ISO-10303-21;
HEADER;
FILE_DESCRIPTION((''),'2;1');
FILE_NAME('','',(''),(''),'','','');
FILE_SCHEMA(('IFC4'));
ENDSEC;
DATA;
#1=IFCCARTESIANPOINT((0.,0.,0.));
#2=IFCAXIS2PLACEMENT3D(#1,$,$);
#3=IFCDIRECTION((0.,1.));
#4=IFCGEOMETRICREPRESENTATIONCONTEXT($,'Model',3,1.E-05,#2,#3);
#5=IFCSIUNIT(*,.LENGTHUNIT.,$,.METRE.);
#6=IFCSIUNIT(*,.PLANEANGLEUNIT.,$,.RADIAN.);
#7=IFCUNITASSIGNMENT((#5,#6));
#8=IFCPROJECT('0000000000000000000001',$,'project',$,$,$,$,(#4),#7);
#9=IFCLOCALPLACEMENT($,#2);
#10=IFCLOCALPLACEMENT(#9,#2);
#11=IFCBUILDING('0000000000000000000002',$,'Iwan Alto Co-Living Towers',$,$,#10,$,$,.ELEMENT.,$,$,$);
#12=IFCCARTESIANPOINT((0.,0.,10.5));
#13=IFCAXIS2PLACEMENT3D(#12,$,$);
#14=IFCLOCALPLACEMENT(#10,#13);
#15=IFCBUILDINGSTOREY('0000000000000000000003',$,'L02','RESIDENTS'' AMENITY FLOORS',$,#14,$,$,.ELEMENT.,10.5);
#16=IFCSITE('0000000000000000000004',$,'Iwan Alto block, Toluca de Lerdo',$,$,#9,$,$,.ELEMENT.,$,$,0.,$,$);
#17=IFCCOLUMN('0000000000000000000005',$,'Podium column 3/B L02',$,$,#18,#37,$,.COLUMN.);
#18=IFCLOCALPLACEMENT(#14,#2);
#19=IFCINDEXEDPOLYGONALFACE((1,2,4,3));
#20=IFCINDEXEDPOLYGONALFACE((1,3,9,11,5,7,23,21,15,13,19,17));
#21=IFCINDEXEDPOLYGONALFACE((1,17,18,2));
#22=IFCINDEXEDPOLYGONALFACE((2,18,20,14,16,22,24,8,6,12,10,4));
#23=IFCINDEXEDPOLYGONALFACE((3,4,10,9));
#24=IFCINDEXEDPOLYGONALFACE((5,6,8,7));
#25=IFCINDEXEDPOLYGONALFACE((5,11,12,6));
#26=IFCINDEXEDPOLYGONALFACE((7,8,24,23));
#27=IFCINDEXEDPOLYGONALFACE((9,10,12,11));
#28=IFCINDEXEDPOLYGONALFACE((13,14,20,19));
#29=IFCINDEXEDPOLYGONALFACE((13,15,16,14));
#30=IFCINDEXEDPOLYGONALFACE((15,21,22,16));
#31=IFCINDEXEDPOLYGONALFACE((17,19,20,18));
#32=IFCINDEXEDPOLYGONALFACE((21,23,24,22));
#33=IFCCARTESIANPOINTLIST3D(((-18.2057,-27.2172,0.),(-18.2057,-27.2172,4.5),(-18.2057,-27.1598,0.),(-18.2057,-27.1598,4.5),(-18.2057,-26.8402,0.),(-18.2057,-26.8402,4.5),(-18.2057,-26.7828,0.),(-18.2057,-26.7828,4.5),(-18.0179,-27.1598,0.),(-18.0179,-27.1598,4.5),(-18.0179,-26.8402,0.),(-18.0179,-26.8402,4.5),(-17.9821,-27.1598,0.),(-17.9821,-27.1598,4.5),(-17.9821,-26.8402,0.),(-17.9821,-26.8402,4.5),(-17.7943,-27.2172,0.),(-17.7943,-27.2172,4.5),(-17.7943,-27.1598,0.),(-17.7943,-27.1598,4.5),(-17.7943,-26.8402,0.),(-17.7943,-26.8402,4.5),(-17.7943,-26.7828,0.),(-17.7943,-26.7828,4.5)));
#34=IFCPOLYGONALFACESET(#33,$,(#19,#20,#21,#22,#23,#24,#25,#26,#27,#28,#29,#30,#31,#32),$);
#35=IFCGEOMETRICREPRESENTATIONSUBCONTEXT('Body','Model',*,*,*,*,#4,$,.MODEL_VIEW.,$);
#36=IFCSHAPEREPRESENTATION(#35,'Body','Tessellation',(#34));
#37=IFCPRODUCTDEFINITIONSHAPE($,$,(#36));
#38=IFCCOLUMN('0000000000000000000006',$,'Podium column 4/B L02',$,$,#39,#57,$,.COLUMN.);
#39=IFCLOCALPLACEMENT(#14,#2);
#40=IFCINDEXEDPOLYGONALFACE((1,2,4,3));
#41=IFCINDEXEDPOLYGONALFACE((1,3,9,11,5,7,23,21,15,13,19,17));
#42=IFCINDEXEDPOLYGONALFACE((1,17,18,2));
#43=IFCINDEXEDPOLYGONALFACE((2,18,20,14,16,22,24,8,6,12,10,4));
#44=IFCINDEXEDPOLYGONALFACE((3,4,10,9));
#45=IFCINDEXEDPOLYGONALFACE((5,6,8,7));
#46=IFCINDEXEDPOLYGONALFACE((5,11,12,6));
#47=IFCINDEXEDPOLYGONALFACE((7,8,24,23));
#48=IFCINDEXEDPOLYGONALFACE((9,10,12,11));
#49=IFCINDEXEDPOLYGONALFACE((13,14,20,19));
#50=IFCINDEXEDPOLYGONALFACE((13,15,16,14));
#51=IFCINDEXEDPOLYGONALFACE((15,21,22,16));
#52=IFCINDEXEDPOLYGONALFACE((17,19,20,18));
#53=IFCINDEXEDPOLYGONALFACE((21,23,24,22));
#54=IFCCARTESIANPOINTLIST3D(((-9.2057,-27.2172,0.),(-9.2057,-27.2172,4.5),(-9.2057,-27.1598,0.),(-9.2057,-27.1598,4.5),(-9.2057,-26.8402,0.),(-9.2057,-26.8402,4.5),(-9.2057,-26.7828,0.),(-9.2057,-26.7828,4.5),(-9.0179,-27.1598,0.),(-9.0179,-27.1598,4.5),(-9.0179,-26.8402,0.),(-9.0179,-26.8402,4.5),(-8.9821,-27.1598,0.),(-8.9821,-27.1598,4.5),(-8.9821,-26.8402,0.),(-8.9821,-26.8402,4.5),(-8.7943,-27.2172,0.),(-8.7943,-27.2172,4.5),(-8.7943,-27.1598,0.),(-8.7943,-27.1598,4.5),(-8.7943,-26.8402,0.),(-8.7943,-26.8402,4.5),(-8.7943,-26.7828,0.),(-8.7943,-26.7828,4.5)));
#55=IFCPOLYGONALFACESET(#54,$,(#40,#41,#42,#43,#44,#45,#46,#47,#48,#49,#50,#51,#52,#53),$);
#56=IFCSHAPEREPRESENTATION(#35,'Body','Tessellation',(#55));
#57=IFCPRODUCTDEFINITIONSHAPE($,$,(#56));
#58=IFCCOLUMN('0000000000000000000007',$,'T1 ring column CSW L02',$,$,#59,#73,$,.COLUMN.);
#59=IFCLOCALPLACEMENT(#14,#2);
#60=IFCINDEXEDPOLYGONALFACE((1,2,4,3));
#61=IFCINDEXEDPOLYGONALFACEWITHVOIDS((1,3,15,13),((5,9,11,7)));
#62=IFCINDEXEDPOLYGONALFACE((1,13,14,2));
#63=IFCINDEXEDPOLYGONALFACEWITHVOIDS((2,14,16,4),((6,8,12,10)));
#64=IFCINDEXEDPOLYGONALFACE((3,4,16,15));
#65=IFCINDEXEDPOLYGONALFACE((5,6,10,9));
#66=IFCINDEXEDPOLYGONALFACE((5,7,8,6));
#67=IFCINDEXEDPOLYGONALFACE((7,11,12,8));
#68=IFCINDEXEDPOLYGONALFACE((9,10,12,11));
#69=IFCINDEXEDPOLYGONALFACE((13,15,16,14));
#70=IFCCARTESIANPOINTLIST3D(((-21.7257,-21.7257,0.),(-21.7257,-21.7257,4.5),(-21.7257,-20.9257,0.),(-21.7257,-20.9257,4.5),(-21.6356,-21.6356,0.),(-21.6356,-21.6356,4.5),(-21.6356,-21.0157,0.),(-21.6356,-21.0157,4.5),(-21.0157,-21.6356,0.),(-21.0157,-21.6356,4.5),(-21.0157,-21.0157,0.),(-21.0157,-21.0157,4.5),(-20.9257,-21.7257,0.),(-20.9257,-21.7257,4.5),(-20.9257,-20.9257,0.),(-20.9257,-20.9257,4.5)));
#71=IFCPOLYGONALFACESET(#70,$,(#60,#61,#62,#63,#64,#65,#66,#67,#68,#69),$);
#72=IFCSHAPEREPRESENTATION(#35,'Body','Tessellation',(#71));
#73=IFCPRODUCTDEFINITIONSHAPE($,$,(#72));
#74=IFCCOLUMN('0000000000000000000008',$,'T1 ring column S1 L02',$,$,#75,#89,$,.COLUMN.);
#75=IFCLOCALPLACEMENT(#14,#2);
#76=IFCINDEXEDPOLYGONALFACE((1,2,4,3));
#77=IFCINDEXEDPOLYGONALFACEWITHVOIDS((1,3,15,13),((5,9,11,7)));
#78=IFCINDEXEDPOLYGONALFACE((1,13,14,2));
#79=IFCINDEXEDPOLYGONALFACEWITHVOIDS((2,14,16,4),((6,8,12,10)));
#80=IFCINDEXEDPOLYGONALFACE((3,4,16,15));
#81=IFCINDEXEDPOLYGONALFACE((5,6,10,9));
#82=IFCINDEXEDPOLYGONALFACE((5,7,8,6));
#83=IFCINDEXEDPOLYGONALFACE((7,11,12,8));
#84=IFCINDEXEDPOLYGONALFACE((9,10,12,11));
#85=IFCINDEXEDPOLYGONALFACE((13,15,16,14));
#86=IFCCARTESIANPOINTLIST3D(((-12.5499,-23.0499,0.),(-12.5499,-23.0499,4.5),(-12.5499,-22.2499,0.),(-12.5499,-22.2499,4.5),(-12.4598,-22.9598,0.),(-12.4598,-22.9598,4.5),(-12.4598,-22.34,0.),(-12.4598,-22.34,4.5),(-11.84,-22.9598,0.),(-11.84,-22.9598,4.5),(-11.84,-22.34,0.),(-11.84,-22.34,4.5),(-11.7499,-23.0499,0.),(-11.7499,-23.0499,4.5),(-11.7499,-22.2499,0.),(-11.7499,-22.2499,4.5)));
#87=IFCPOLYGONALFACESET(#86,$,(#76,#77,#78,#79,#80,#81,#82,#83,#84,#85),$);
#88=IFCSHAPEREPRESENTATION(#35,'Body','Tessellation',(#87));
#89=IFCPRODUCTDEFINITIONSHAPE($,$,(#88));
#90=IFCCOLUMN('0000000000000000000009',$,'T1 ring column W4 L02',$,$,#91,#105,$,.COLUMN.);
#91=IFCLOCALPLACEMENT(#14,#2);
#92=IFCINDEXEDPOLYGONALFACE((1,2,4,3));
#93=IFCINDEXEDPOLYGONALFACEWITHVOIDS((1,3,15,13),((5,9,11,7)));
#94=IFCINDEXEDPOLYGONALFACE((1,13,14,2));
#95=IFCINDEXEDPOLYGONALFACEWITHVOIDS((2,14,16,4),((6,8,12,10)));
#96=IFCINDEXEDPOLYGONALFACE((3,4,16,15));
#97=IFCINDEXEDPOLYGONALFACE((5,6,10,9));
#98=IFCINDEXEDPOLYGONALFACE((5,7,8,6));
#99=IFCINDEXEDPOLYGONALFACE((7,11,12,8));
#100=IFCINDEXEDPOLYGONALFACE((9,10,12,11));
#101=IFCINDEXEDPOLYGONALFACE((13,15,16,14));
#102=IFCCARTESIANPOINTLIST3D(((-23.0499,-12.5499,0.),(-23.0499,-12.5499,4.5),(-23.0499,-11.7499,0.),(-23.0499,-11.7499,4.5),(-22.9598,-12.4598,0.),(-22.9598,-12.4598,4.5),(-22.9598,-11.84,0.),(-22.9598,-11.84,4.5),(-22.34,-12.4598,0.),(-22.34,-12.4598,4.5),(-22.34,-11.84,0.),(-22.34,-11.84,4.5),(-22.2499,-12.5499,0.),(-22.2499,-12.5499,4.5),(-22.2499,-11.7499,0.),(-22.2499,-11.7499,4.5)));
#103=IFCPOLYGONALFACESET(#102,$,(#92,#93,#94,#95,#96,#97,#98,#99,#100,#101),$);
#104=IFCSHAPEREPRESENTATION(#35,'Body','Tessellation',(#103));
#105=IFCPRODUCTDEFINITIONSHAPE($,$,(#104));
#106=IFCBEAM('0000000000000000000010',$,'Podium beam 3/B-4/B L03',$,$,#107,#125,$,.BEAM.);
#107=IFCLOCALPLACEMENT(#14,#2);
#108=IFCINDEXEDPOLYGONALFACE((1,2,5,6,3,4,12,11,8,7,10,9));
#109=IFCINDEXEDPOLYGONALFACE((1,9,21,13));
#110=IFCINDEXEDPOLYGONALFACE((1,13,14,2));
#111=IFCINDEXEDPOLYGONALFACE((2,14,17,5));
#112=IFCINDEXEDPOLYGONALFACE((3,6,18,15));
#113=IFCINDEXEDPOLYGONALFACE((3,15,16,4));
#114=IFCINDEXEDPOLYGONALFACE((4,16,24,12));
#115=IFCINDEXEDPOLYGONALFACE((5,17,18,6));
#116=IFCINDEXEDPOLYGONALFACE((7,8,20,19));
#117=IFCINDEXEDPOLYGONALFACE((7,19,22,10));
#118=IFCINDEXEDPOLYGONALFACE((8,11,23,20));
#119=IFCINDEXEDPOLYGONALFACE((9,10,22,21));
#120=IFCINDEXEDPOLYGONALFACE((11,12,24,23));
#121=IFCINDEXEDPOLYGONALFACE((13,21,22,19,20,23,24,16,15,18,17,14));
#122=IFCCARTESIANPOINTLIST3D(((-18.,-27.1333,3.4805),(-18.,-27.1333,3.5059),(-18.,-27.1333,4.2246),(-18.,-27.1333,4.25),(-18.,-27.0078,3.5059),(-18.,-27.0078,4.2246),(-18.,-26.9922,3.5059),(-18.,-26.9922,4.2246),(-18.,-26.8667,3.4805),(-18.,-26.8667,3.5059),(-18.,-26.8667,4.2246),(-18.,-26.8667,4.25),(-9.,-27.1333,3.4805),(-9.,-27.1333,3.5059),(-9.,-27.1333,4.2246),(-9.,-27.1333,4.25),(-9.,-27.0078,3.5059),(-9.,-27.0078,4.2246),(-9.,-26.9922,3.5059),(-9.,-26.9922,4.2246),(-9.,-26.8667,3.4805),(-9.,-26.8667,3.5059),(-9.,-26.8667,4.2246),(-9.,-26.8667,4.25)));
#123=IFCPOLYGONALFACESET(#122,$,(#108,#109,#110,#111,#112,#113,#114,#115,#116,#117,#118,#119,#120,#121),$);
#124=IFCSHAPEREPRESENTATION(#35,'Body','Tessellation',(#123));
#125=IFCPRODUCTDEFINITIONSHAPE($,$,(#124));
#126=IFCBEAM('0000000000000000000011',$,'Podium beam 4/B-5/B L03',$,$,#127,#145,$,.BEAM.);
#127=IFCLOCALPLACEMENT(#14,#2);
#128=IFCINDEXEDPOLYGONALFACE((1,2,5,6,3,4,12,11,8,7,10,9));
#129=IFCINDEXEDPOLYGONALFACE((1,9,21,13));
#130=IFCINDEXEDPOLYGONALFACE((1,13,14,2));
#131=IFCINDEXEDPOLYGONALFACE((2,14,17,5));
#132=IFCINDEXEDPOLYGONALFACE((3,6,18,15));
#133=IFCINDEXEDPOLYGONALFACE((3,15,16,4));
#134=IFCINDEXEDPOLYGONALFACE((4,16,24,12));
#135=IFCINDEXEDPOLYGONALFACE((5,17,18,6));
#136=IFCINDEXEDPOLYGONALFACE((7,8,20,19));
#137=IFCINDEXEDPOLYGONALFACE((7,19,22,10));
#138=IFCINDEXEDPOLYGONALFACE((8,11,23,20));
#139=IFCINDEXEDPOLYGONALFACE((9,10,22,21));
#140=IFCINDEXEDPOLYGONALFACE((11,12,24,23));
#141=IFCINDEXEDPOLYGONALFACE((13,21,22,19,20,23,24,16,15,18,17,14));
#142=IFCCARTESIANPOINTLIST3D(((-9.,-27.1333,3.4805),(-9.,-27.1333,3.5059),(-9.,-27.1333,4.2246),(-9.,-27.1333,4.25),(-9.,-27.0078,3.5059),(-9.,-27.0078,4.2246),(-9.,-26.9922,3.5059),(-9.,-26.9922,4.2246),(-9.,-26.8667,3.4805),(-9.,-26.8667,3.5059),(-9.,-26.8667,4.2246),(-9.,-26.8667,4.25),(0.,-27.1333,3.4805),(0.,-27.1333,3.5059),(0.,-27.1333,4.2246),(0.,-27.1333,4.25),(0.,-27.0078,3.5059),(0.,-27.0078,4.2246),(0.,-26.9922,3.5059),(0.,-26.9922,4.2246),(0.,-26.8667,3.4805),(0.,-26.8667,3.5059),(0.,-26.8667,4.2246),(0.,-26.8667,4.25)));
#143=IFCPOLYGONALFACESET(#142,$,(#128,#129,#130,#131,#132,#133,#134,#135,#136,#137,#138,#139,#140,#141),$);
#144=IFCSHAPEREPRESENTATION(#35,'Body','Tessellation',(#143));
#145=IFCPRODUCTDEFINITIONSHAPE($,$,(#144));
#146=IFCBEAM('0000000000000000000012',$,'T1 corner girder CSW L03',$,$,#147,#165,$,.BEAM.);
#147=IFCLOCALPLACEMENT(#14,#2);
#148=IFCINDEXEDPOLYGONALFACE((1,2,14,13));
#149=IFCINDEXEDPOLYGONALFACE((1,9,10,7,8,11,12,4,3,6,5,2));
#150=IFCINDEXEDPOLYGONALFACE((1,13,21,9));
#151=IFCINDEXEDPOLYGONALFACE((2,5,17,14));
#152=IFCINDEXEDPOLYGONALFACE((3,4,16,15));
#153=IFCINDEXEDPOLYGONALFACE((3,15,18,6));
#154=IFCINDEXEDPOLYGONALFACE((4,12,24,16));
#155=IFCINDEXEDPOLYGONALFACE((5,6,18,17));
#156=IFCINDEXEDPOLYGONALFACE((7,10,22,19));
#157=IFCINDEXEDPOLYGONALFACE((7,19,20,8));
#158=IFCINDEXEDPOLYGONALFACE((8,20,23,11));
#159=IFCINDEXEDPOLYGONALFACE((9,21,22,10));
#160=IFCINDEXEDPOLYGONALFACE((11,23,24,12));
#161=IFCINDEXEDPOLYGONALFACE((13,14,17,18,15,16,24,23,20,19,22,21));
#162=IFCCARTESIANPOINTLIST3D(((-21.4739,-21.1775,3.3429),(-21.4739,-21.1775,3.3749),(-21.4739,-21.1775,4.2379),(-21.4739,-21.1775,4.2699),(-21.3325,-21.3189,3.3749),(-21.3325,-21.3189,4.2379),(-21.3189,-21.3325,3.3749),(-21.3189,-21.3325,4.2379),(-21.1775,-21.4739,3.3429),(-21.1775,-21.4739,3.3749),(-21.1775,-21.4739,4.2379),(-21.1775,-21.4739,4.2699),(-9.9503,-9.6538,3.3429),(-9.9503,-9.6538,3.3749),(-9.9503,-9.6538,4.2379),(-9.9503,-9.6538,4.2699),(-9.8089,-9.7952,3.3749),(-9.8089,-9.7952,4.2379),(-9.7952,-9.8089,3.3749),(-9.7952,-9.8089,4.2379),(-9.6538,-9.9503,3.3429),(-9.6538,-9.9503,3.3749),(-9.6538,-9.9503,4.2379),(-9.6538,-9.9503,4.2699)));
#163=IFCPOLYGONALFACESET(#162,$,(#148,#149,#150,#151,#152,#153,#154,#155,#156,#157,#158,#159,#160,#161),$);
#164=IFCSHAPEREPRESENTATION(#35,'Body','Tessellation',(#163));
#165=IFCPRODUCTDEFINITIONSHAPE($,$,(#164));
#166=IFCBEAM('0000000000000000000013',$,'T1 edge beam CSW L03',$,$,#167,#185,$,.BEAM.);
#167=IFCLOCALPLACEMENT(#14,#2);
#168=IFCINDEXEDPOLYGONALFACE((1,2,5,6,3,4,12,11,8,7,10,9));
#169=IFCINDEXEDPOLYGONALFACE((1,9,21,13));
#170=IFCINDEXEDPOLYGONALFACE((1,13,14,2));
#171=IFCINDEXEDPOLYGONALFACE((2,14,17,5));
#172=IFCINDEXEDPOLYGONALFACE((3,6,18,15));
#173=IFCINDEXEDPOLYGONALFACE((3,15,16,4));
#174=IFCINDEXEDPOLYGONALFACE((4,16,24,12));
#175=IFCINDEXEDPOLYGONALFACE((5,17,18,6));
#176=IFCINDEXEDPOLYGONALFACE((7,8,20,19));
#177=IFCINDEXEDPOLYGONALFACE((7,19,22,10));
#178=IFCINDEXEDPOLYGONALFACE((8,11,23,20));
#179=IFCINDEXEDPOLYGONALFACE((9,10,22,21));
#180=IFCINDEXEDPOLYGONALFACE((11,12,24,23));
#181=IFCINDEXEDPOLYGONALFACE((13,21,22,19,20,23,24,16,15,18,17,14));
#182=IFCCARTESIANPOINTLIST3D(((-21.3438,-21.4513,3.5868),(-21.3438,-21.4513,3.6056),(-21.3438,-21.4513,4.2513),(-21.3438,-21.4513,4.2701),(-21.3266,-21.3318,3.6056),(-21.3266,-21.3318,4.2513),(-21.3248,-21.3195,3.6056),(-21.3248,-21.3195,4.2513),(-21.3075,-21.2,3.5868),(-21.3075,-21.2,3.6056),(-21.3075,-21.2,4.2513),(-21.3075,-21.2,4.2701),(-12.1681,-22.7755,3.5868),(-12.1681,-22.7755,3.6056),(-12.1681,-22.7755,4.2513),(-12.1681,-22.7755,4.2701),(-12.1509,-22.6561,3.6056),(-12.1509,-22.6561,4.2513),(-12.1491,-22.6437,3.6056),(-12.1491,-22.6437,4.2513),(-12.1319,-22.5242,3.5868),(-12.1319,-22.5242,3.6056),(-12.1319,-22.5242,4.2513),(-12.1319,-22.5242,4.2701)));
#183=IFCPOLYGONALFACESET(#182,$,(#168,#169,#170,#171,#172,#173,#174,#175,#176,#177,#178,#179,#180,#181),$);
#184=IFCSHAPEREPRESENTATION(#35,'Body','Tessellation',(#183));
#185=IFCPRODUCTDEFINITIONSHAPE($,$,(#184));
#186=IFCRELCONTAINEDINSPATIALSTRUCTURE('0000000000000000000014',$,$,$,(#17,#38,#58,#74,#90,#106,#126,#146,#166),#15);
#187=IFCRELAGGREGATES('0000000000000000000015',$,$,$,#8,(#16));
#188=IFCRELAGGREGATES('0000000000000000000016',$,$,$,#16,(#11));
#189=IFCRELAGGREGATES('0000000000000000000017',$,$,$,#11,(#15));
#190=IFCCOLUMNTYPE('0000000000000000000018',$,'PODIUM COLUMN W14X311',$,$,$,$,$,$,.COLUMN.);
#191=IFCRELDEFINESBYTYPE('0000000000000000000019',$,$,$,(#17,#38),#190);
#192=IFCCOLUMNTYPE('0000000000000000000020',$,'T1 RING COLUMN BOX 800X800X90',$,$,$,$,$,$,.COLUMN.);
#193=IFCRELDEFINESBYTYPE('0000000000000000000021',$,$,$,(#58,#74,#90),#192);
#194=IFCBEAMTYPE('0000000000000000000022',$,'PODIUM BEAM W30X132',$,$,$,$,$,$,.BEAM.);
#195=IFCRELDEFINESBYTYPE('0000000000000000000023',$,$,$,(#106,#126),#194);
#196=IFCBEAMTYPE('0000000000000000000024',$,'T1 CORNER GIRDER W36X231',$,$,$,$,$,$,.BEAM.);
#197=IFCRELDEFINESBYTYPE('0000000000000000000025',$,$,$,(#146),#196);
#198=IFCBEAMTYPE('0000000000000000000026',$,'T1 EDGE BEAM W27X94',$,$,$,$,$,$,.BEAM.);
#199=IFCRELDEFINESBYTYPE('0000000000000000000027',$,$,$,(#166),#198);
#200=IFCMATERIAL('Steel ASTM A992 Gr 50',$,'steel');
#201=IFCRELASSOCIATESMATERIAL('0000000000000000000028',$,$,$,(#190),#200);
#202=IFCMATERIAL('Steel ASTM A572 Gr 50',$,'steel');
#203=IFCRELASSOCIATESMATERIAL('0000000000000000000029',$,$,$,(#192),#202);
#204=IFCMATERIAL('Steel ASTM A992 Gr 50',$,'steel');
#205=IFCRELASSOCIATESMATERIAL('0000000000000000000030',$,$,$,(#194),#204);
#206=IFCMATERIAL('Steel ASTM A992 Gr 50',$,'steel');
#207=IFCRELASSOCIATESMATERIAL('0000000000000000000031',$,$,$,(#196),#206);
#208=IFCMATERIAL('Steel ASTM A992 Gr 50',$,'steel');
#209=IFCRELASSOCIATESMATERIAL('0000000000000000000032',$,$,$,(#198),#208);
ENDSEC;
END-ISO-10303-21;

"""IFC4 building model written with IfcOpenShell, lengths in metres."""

from ifc_helpers import new_model, si_unit, direction, frame, origin, origin_2d, place, context, subcontext, project, spatial, hollow_rectangle, i_section, extrude, material, material_profile, profile_set, type_object, element, save


model = new_model("IFC4")

# Units and contexts
model_context = context("Model", 3, precision=1e-05, world=origin(), true_north=direction((0.0, 1.0)))
body_context = subcontext(model_context, "Body", "Model", "MODEL_VIEW")
ifc_project = project(units=[si_unit("LENGTHUNIT", "METRE"), si_unit("PLANEANGLEUNIT", "RADIAN")], contexts=[model_context])

# Site, building, storey
site_placement = place(None, origin())
site = spatial("IfcSite", under=ifc_project, at=site_placement, Name="Iwan Alto block, Toluca de Lerdo", CompositionType="ELEMENT", RefElevation=0.0)
building_placement = place(site_placement, origin())
building = spatial("IfcBuilding", under=site, at=building_placement, Name="Iwan Alto Co-Living Towers", CompositionType="ELEMENT")
storey_placement = place(building_placement, frame((0.0, 0.0, 10.5)))
storey = spatial("IfcBuildingStorey", under=building, at=storey_placement, Name="L02", Description="RESIDENTS' AMENITY FLOORS", CompositionType="ELEMENT", Elevation=10.5)

# Columns
ifc_material_1 = material(Name="Steel ASTM A992 Gr 50", Category="steel")
ifc_material_profile_1 = material_profile(ifc_material_1, i_section(OverallWidth=0.4114, OverallDepth=0.4343, WebThickness=0.0359, FlangeThickness=0.0574, at=origin_2d()), Name="W14X311")
ifc_profile_set_1 = profile_set([ifc_material_profile_1], Name="Steel ASTM A992 Gr 50")
column_type_1 = type_object("IfcColumnType", Name="PODIUM COLUMN W14X311", PredefinedType="COLUMN", material=ifc_profile_set_1)
for number, where, z_axis, x_axis, name in (
    (1, (-18.0, -27.0, 0.0), (0.0, 0.0, 1.0), (1.0, 0.0, 0.0), "Podium column 3/B L02"),
    (2, (-9.0, -27.0, 0.0), (0.0, 0.0, 1.0), (1.0, 0.0, 0.0), "Podium column 4/B L02"),
):
    element("IfcColumn", number, at=place(storey_placement, frame(where, z_axis=z_axis, x_axis=x_axis)), inside=storey, type_object=column_type_1, Name=name, PredefinedType="COLUMN", context=body_context, shape_type="SweptSolid", body=[
        extrude(i_section(OverallWidth=0.4114, OverallDepth=0.4343, WebThickness=0.0359, FlangeThickness=0.0574, at=origin_2d()), origin(), (0.0, 0.0, 1.0), 4.5),
    ])
ifc_material_2 = material(Name="Steel ASTM A572 Gr 50", Category="steel")
ifc_material_profile_2 = material_profile(ifc_material_2, hollow_rectangle(XDim=0.8, YDim=0.8, WallThickness=0.0901, at=origin_2d()), Name="BOX 800X800X90")
ifc_profile_set_2 = profile_set([ifc_material_profile_2], Name="Steel ASTM A572 Gr 50")
column_type_2 = type_object("IfcColumnType", Name="T1 RING COLUMN BOX 800X800X90", PredefinedType="COLUMN", material=ifc_profile_set_2)
for number, where, z_axis, x_axis, name in (
    (3, (-21.3257, -21.3257, 0.0), (0.0, 0.0, 1.0), (1.0, 0.0, 0.0), "T1 ring column CSW L02"),
    (4, (-12.1499, -22.6499, 0.0), (0.0, 0.0, 1.0), (1.0, 0.0, 0.0), "T1 ring column S1 L02"),
    (5, (-22.6499, -12.1499, 0.0), (0.0, 0.0, 1.0), (1.0, 0.0, 0.0), "T1 ring column W4 L02"),
):
    element("IfcColumn", number, at=place(storey_placement, frame(where, z_axis=z_axis, x_axis=x_axis)), inside=storey, type_object=column_type_2, Name=name, PredefinedType="COLUMN", context=body_context, shape_type="SweptSolid", body=[
        extrude(hollow_rectangle(XDim=0.8, YDim=0.8, WallThickness=0.0901, at=origin_2d()), origin(), (0.0, 0.0, 1.0), 4.5),
    ])

# Beams
ifc_material_3 = material(Name="Steel ASTM A992 Gr 50", Category="steel")
ifc_material_profile_3 = material_profile(ifc_material_3, i_section(OverallWidth=0.2666, OverallDepth=0.7695, WebThickness=0.0156, FlangeThickness=0.0254, at=origin_2d()), Name="W30X132")
ifc_profile_set_3 = profile_set([ifc_material_profile_3], Name="Steel ASTM A992 Gr 50")
beam_type_1 = type_object("IfcBeamType", Name="PODIUM BEAM W30X132", PredefinedType="BEAM", material=ifc_profile_set_3)
for number, where, z_axis, x_axis, name in (
    (6, (-18.0, -27.0, 3.8652), (1.0, 0.0, 0.0), (0.0, 1.0, 0.0), "Podium beam 3/B-4/B L03"),
    (7, (-9.0, -27.0, 3.8652), (1.0, 0.0, 0.0), (0.0, 1.0, 0.0), "Podium beam 4/B-5/B L03"),
):
    element("IfcBeam", number, at=place(storey_placement, frame(where, z_axis=z_axis, x_axis=x_axis)), inside=storey, type_object=beam_type_1, Name=name, PredefinedType="BEAM", context=body_context, shape_type="SweptSolid", body=[
        extrude(i_section(OverallWidth=0.2666, OverallDepth=0.7695, WebThickness=0.0156, FlangeThickness=0.0254, at=origin_2d()), origin(), (0.0, 0.0, 1.0), 9.0),
    ])
ifc_material_4 = material(Name="Steel ASTM A992 Gr 50", Category="steel")
ifc_material_profile_4 = material_profile(ifc_material_4, i_section(OverallWidth=0.4192, OverallDepth=0.927, WebThickness=0.0193, FlangeThickness=0.032, at=origin_2d()), Name="W36X231")
ifc_profile_set_4 = profile_set([ifc_material_profile_4], Name="Steel ASTM A992 Gr 50")
beam_type_2 = type_object("IfcBeamType", Name="T1 CORNER GIRDER W36X231", PredefinedType="BEAM", material=ifc_profile_set_4)
beam_1_placement = place(storey_placement, frame((-21.3257, -21.3257, 3.8064), z_axis=(0.707107, 0.707107, 0.0), x_axis=(-0.707107, 0.707107, 0.0)))
element("IfcBeam", 8, at=beam_1_placement, inside=storey, type_object=beam_type_2, Name="T1 corner girder CSW L03", PredefinedType="BEAM", context=body_context, shape_type="SweptSolid", body=[
    extrude(i_section(OverallWidth=0.4192, OverallDepth=0.927, WebThickness=0.0193, FlangeThickness=0.032, at=origin_2d()), origin(), (0.0, 0.0, 1.0), 16.2969),
])
ifc_material_5 = material(Name="Steel ASTM A992 Gr 50", Category="steel")
ifc_material_profile_5 = material_profile(ifc_material_5, i_section(OverallWidth=0.2539, OverallDepth=0.6833, WebThickness=0.0125, FlangeThickness=0.0188, at=origin_2d()), Name="W27X94")
ifc_profile_set_5 = profile_set([ifc_material_profile_5], Name="Steel ASTM A992 Gr 50")
beam_type_3 = type_object("IfcBeamType", Name="T1 EDGE BEAM W27X94", PredefinedType="BEAM", material=ifc_profile_set_5)
beam_2_placement = place(storey_placement, frame((-21.3257, -21.3257, 3.9285), z_axis=(0.989746, -0.142837, 0.0), x_axis=(0.142837, 0.989746, 0.0)))
element("IfcBeam", 9, at=beam_2_placement, inside=storey, type_object=beam_type_3, Name="T1 edge beam CSW L03", PredefinedType="BEAM", context=body_context, shape_type="SweptSolid", body=[
    extrude(i_section(OverallWidth=0.2539, OverallDepth=0.6833, WebThickness=0.0125, FlangeThickness=0.0188, at=origin_2d()), origin(), (0.0, 0.0, 1.0), 9.2708),
])

save(model, "model.ifc")
